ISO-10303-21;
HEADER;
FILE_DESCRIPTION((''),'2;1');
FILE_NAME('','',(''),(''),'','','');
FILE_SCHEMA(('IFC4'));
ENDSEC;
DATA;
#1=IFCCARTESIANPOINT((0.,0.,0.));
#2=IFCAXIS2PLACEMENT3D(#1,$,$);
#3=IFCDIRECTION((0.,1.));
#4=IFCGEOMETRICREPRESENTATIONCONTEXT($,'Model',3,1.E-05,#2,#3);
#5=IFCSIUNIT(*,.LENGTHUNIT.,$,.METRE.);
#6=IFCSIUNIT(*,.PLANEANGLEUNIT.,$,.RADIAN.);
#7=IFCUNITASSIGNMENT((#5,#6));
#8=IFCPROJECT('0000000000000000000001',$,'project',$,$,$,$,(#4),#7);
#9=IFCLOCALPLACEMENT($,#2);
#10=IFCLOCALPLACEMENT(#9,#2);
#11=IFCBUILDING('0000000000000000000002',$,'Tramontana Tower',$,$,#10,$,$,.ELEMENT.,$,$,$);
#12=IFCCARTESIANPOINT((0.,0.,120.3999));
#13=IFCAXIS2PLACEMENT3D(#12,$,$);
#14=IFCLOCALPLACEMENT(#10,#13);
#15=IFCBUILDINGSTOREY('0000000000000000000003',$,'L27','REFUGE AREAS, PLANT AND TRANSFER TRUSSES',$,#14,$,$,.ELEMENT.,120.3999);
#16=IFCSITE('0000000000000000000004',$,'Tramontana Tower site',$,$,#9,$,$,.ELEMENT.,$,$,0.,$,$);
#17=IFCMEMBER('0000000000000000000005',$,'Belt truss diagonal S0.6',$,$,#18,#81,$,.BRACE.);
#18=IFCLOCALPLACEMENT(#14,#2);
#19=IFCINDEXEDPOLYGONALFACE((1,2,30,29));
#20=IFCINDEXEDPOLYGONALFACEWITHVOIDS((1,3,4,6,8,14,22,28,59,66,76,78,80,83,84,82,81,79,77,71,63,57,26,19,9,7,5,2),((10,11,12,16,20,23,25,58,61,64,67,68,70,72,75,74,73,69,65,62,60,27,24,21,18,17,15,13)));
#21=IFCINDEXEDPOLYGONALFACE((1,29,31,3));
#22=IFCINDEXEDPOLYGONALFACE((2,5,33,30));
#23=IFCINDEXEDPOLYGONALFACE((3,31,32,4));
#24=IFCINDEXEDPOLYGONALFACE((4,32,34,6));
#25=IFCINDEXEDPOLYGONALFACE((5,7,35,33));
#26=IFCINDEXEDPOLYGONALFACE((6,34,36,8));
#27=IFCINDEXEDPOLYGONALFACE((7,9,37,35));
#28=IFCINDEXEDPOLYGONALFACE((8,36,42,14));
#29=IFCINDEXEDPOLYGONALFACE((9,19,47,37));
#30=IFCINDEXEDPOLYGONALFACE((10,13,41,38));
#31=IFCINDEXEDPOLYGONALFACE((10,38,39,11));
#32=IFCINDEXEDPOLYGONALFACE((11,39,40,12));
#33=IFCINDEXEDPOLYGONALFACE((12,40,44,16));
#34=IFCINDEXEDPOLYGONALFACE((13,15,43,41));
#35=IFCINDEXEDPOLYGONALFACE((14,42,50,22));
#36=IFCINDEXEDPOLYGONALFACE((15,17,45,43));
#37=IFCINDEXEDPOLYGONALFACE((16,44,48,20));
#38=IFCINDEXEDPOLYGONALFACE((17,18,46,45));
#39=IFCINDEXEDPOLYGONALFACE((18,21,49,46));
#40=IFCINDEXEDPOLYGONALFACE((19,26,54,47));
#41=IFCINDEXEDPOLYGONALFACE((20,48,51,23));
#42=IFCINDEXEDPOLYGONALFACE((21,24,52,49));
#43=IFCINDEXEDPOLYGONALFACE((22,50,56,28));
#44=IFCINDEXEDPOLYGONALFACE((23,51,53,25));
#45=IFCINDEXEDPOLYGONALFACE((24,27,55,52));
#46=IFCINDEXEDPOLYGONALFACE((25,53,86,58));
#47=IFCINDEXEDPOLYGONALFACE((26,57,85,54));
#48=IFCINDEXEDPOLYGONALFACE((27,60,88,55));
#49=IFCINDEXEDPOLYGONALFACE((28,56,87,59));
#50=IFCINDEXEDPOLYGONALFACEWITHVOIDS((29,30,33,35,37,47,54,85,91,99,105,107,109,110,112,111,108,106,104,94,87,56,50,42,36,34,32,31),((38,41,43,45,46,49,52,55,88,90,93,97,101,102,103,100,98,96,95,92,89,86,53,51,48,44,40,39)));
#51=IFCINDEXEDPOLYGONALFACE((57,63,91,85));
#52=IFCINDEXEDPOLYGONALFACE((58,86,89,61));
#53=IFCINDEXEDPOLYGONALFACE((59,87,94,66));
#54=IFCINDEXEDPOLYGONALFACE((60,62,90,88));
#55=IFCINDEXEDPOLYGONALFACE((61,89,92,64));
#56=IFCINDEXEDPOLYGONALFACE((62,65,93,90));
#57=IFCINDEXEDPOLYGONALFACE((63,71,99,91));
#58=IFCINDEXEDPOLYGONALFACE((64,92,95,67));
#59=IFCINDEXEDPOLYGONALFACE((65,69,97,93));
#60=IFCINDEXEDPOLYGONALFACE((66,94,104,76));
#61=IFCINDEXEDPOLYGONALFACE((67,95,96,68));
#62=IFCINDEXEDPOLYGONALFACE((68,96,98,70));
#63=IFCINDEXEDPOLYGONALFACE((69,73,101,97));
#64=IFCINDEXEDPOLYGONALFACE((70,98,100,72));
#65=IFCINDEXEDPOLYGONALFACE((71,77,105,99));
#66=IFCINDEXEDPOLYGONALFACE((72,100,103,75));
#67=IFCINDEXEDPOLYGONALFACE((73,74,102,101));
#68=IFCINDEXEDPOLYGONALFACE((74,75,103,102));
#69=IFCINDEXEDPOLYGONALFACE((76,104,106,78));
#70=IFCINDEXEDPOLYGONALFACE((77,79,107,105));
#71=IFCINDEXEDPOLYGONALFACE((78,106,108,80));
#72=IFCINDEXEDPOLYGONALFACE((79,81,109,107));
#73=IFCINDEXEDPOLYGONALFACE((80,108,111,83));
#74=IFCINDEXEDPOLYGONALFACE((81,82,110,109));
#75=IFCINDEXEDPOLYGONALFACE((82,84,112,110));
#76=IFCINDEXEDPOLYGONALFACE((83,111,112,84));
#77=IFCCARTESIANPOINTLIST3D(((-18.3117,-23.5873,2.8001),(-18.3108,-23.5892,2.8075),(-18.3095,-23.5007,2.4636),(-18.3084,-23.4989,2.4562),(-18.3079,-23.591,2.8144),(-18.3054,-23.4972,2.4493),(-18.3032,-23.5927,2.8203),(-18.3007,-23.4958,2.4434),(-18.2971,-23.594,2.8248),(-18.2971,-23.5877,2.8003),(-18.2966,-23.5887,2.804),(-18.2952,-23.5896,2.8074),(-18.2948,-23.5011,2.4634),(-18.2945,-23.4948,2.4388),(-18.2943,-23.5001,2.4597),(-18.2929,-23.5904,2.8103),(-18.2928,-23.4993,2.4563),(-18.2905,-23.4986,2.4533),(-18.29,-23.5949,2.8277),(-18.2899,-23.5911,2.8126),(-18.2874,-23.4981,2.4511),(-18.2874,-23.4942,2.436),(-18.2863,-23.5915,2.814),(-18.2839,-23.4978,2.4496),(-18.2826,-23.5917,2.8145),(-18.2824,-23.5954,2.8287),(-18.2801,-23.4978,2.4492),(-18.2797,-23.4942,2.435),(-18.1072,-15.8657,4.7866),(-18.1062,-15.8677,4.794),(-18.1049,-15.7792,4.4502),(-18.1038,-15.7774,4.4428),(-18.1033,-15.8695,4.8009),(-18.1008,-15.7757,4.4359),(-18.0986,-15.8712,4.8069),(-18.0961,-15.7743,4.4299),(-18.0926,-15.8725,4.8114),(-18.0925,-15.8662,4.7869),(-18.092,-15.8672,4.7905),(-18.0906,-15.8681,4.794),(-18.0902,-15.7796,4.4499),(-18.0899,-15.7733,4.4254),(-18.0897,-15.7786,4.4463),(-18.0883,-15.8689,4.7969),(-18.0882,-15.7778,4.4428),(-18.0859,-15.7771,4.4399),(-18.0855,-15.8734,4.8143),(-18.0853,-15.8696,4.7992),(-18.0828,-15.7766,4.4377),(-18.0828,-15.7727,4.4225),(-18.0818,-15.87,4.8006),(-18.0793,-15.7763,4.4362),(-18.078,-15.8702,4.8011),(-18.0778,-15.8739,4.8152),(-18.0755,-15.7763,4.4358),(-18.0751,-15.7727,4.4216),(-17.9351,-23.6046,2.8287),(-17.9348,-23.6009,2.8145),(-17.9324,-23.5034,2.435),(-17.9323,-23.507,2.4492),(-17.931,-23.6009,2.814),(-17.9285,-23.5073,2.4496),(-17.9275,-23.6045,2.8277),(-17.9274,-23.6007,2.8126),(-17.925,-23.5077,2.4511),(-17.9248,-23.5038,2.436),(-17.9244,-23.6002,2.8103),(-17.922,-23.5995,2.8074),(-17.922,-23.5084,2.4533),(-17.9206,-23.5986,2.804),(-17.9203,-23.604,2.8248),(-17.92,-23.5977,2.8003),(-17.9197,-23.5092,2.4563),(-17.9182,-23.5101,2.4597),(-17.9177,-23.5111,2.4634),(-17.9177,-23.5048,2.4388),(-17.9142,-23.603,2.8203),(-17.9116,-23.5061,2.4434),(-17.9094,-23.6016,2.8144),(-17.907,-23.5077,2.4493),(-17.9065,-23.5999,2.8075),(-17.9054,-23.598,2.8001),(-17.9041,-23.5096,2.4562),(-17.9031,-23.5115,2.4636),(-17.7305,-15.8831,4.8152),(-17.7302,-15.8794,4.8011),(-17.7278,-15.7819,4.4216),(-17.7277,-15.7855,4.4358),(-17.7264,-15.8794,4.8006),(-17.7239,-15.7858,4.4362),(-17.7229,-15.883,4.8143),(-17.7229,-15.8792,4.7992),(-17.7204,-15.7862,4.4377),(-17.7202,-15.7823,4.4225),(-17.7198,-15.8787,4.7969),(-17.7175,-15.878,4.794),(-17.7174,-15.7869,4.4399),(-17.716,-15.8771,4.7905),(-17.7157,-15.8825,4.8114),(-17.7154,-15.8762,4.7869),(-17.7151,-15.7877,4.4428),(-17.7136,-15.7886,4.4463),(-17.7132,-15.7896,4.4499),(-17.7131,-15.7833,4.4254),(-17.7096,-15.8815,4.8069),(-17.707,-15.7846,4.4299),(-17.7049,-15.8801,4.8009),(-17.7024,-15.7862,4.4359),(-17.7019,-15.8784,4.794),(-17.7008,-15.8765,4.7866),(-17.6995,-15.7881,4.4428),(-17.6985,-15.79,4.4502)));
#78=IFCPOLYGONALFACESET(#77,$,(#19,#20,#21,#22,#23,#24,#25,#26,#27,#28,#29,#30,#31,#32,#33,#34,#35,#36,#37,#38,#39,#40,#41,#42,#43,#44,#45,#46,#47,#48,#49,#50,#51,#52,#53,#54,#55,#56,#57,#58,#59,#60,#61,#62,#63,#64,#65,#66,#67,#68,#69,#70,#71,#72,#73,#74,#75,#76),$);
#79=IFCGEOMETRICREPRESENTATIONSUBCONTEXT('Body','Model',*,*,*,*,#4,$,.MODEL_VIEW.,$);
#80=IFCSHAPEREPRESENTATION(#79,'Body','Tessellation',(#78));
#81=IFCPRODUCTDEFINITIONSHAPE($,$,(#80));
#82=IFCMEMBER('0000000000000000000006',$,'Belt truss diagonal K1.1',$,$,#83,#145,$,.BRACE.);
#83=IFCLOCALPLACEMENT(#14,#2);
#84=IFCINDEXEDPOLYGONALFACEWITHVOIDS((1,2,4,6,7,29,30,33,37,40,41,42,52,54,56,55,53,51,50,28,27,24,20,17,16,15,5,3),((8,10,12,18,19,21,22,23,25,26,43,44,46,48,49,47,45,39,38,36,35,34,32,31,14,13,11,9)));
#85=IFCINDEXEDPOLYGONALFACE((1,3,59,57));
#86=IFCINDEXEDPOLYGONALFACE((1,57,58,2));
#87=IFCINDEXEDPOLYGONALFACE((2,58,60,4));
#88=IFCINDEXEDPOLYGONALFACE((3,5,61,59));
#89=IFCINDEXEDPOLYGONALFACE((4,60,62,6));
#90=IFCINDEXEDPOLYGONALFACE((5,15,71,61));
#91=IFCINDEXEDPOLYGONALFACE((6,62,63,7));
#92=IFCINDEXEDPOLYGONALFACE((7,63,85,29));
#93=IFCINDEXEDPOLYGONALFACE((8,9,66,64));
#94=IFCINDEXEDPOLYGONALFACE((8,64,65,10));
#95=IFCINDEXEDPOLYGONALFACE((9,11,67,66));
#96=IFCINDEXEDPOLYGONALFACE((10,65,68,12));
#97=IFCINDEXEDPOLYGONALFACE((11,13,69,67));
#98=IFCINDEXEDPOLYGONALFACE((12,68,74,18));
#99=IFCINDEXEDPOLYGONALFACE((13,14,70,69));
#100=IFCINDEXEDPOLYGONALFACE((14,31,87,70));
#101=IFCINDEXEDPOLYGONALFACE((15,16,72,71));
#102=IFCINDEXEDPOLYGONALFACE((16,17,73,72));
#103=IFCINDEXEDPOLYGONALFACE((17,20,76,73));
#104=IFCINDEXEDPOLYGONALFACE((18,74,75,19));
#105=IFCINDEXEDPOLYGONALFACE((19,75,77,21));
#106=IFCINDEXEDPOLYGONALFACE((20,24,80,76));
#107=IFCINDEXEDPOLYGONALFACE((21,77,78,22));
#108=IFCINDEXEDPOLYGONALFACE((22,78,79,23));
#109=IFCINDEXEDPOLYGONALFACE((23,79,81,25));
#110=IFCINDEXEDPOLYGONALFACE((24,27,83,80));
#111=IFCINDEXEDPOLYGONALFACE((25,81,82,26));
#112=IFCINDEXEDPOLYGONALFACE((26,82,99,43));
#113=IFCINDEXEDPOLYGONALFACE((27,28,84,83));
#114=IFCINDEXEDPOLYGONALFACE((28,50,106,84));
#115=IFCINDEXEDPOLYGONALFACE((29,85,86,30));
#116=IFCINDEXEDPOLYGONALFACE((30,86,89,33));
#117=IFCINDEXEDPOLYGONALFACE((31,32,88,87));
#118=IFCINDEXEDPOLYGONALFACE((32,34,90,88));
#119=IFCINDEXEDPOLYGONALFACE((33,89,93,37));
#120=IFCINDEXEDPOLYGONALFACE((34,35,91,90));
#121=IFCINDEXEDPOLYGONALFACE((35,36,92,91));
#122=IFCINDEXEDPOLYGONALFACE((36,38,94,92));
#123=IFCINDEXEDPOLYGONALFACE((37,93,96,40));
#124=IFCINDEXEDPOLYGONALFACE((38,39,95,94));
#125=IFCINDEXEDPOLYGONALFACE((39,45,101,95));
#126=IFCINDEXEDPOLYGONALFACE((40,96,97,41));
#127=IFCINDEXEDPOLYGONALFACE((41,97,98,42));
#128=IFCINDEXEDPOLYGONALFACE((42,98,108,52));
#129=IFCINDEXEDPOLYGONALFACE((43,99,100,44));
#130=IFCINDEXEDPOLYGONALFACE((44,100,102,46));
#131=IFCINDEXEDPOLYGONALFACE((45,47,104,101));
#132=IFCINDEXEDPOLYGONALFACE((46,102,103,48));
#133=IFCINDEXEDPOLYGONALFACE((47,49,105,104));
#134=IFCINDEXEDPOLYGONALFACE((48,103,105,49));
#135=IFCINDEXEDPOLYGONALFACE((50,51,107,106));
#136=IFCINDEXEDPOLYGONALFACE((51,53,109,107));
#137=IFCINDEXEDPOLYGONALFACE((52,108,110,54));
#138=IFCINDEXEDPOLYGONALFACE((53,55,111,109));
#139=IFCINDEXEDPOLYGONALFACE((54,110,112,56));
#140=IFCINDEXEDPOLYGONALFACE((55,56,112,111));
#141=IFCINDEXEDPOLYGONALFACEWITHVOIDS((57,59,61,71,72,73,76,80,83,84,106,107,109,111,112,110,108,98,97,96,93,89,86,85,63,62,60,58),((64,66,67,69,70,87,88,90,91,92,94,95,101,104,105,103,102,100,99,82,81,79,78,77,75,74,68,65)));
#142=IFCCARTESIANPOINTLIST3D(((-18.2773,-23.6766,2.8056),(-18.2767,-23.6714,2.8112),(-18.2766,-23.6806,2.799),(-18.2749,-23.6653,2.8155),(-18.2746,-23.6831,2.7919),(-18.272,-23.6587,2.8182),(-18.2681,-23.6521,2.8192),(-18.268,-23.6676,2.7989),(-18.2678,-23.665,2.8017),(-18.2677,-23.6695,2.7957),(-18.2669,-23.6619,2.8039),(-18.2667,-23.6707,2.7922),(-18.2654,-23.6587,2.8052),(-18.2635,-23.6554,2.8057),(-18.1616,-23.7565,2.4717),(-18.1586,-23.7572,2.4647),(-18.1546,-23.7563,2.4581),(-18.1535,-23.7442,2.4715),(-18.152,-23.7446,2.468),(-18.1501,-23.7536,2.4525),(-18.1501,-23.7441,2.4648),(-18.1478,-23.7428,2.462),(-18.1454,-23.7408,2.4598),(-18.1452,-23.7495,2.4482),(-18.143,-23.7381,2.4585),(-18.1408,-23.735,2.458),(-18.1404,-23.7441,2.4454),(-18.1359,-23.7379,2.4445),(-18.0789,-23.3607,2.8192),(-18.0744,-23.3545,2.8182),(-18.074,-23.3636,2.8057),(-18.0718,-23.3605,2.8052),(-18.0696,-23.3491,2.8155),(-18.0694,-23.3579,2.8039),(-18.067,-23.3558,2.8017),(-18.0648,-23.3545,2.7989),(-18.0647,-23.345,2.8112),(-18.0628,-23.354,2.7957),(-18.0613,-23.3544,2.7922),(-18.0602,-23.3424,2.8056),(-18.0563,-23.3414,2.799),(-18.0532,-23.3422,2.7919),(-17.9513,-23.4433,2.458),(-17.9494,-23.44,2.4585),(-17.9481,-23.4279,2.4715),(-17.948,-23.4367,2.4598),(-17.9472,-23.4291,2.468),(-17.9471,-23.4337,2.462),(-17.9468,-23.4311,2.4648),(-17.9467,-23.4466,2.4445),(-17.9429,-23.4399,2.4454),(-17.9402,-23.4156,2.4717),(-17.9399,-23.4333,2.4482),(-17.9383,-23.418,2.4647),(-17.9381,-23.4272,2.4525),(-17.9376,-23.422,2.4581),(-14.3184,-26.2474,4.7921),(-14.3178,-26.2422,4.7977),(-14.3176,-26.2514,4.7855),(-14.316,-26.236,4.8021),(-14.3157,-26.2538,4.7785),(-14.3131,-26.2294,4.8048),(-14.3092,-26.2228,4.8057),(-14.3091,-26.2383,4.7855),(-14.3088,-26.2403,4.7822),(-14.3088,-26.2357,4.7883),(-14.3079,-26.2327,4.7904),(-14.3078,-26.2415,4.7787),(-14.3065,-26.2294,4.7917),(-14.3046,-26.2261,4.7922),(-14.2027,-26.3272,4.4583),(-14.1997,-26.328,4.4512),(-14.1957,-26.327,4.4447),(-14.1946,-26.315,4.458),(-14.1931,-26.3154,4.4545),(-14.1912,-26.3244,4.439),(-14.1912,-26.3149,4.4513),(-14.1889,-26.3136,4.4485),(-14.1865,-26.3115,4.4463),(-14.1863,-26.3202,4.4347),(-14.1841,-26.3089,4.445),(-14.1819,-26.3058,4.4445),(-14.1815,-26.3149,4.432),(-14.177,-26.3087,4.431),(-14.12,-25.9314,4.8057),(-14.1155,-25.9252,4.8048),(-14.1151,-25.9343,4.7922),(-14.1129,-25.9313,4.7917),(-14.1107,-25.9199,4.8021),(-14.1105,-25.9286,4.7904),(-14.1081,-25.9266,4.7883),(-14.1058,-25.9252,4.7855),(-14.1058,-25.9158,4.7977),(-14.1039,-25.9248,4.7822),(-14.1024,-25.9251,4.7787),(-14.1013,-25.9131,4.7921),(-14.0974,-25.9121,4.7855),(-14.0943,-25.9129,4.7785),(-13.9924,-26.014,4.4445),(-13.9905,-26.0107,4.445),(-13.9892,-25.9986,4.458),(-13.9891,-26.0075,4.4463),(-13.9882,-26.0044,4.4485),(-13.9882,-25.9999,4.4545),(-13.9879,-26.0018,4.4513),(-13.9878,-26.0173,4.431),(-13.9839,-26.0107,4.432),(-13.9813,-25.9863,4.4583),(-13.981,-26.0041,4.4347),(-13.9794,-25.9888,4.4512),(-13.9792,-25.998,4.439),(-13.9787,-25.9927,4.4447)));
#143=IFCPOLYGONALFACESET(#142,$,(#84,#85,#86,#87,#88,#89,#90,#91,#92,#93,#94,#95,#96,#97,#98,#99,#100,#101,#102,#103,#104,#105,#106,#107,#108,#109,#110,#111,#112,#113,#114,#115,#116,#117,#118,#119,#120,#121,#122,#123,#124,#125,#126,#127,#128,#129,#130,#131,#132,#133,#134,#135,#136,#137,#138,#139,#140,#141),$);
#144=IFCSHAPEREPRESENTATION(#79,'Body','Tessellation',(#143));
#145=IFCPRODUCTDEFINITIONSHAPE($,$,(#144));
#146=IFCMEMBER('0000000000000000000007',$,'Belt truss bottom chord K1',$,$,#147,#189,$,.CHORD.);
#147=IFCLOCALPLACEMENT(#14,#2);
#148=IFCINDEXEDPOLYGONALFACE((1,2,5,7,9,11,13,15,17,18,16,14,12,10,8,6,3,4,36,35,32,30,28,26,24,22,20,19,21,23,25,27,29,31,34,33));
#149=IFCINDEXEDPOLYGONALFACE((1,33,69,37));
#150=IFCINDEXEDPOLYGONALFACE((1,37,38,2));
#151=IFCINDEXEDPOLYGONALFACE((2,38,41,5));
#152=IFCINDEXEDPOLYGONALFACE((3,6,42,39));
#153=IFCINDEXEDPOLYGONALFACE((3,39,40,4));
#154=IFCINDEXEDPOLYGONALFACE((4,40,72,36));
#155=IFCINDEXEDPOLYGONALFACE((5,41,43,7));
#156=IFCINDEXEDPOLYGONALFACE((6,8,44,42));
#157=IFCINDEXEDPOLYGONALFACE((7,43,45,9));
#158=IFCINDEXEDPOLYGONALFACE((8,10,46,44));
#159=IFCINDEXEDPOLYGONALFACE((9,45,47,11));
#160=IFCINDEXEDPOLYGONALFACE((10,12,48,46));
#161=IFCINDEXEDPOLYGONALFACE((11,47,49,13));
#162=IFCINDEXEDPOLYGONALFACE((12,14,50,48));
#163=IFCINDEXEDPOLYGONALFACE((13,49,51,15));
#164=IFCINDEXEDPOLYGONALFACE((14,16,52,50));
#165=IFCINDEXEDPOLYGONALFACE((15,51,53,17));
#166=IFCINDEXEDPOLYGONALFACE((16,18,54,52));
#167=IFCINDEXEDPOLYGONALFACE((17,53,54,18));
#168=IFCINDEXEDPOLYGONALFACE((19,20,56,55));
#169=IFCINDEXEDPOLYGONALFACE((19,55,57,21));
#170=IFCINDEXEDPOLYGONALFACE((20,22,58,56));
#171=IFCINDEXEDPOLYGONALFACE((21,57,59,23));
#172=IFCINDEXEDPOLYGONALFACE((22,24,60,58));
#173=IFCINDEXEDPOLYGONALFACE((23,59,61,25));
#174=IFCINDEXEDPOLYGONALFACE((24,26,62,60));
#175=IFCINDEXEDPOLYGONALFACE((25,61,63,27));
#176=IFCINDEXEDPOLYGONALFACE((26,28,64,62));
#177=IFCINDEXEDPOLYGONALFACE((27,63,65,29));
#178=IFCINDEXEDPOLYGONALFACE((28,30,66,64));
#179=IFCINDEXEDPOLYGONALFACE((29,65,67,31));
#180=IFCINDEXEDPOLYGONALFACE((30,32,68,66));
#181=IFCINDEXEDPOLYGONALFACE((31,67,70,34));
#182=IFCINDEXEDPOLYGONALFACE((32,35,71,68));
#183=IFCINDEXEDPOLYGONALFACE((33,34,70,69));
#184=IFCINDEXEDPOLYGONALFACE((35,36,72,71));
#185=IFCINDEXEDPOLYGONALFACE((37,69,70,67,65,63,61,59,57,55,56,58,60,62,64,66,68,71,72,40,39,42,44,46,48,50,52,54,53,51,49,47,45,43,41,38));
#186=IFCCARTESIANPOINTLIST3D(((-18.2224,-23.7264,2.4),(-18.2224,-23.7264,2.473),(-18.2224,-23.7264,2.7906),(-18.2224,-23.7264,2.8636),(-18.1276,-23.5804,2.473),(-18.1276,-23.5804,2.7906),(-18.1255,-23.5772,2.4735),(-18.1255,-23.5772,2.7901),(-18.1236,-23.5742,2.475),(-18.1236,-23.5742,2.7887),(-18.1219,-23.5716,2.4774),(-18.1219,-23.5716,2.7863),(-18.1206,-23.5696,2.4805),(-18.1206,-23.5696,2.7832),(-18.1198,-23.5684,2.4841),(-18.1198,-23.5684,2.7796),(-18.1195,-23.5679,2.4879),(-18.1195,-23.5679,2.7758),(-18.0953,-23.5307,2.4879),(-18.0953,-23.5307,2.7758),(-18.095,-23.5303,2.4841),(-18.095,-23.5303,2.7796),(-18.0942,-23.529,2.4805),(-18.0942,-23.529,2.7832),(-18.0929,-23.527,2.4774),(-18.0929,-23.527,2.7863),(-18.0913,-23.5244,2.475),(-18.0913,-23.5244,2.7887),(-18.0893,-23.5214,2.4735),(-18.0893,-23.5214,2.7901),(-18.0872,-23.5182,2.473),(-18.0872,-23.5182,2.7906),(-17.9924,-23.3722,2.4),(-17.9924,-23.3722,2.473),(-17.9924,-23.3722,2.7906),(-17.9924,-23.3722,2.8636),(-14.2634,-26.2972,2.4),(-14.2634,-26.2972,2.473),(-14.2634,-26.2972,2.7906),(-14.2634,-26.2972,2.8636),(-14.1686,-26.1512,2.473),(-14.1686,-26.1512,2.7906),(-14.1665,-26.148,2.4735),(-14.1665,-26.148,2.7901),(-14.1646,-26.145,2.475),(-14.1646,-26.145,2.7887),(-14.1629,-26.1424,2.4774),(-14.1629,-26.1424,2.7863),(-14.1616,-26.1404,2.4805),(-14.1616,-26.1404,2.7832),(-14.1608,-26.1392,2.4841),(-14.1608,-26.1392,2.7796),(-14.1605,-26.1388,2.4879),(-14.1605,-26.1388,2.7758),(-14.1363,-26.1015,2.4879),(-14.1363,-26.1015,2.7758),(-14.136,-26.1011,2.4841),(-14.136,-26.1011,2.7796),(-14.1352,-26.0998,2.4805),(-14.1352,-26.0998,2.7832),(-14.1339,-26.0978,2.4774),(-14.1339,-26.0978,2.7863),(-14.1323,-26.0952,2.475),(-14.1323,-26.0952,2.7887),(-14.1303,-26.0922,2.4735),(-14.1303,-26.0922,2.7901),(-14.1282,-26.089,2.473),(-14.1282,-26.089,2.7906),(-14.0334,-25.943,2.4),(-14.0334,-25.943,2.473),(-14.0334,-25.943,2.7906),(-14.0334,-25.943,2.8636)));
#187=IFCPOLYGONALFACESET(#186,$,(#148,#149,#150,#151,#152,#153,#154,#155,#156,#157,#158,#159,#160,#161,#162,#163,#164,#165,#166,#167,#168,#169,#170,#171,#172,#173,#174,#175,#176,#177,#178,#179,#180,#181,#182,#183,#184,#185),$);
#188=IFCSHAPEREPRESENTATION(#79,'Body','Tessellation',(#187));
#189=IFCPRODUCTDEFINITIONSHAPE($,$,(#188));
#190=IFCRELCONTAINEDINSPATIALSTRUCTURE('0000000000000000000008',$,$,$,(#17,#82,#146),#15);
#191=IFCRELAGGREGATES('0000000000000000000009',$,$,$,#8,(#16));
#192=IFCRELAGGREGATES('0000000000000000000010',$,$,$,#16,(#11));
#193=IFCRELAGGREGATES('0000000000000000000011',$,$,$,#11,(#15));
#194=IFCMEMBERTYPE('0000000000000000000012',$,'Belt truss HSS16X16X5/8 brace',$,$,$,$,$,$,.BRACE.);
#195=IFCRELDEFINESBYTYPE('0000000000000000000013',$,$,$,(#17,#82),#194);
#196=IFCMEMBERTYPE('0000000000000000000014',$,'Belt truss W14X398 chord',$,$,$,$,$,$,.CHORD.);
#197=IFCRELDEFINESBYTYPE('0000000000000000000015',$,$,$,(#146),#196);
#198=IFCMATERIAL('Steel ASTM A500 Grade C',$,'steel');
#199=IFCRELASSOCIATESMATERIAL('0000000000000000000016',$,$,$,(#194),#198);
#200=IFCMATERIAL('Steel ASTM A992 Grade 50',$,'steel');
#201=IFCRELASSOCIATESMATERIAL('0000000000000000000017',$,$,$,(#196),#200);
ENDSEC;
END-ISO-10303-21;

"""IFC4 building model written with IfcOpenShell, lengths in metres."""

from ifc_helpers import new_model, si_unit, direction, frame, origin, origin_2d, place, context, subcontext, project, spatial, hollow_rectangle, i_section, extrude, material, material_profile, profile_set, type_object, element, save


model = new_model("IFC4")

# Units and contexts
model_context = context("Model", 3, precision=1e-05, world=origin(), true_north=direction((0.0, 1.0)))
body_context = subcontext(model_context, "Body", "Model", "MODEL_VIEW")
ifc_project = project(units=[si_unit("LENGTHUNIT", "METRE"), si_unit("PLANEANGLEUNIT", "RADIAN")], contexts=[model_context])

# Site, building, storey
site_placement = place(None, origin())
site = spatial("IfcSite", under=ifc_project, at=site_placement, Name="Tramontana Tower site", CompositionType="ELEMENT", RefElevation=0.0)
building_placement = place(site_placement, origin())
building = spatial("IfcBuilding", under=site, at=building_placement, Name="Tramontana Tower", CompositionType="ELEMENT")
storey_placement = place(building_placement, frame((0.0, 0.0, 120.3999)))
storey = spatial("IfcBuildingStorey", under=building, at=storey_placement, Name="L27", Description="REFUGE AREAS, PLANT AND TRANSFER TRUSSES", CompositionType="ELEMENT", Elevation=120.3999)

# Members
ifc_material_1 = material(Name="Steel ASTM A500 Grade C", Category="steel")
ifc_material_profile_1 = material_profile(ifc_material_1, hollow_rectangle(XDim=0.4065, YDim=0.4065, WallThickness=0.0146, InnerFilletRadius=0.0146, OuterFilletRadius=0.0295, at=origin_2d()), Name="HSS16X16X5/8")
ifc_profile_set_1 = profile_set([ifc_material_profile_1], Name="Steel ASTM A500 Grade C")
member_type_1 = type_object("IfcMemberType", Name="Belt truss HSS16X16X5/8 brace", PredefinedType="BRACE", material=ifc_profile_set_1)
member_1_placement = place(storey_placement, frame((-17.9028, -15.8279, 4.6184), z_axis=(-0.025652, -0.968142, -0.249084), x_axis=(0.999649, -0.026487, 0.0)))
element("IfcMember", 1, at=member_1_placement, inside=storey, type_object=member_type_1, Name="Belt truss diagonal S0.6", PredefinedType="BRACE", context=body_context, shape_type="SweptSolid", body=[
    extrude(hollow_rectangle(XDim=0.4065, YDim=0.4065, WallThickness=0.0146, InnerFilletRadius=0.0146, OuterFilletRadius=0.0295, at=origin_2d()), origin(), (0.0, 0.0, 1.0), 7.9756),
])
member_2_placement = place(storey_placement, frame((-18.1074, -23.5493, 2.6318), z_axis=(0.773023, -0.501969, 0.387894), x_axis=(0.54461, 0.838689, 0.0)))
element("IfcMember", 2, at=member_2_placement, inside=storey, type_object=member_type_1, Name="Belt truss diagonal K1.1", PredefinedType="BRACE", context=body_context, shape_type="SweptSolid", body=[
    extrude(hollow_rectangle(XDim=0.4065, YDim=0.4065, WallThickness=0.0146, InnerFilletRadius=0.0146, OuterFilletRadius=0.0295, at=origin_2d()), origin(), (0.0, 0.0, 1.0), 5.1213),
])
ifc_material_2 = material(Name="Steel ASTM A992 Grade 50", Category="steel")
ifc_material_profile_2 = material_profile(ifc_material_2, i_section(OverallWidth=0.4224, OverallDepth=0.4636, WebThickness=0.0444, FlangeThickness=0.073, FilletRadius=0.0149, at=origin_2d()), Name="W14X398")
ifc_profile_set_2 = profile_set([ifc_material_profile_2], Name="Steel ASTM A992 Grade 50")
member_type_2 = type_object("IfcMemberType", Name="Belt truss W14X398 chord", PredefinedType="CHORD", material=ifc_profile_set_2)
for number, where, z_axis, x_axis, name in (
    (3, (-18.1074, -23.5493, 2.6318), (0.838689, -0.54461, 0.0), (0.54461, 0.838689, 0.0), "Belt truss bottom chord K1"),
):
    element("IfcMember", number, at=place(storey_placement, frame(where, z_axis=z_axis, x_axis=x_axis)), inside=storey, type_object=member_type_2, Name=name, PredefinedType="CHORD", context=body_context, shape_type="SweptSolid", body=[
        extrude(i_section(OverallWidth=0.4224, OverallDepth=0.4636, WebThickness=0.0444, FlangeThickness=0.073, FilletRadius=0.0149, at=origin_2d()), origin(), (0.0, 0.0, 1.0), 4.7205),
    ])

save(model, "model.ifc")
